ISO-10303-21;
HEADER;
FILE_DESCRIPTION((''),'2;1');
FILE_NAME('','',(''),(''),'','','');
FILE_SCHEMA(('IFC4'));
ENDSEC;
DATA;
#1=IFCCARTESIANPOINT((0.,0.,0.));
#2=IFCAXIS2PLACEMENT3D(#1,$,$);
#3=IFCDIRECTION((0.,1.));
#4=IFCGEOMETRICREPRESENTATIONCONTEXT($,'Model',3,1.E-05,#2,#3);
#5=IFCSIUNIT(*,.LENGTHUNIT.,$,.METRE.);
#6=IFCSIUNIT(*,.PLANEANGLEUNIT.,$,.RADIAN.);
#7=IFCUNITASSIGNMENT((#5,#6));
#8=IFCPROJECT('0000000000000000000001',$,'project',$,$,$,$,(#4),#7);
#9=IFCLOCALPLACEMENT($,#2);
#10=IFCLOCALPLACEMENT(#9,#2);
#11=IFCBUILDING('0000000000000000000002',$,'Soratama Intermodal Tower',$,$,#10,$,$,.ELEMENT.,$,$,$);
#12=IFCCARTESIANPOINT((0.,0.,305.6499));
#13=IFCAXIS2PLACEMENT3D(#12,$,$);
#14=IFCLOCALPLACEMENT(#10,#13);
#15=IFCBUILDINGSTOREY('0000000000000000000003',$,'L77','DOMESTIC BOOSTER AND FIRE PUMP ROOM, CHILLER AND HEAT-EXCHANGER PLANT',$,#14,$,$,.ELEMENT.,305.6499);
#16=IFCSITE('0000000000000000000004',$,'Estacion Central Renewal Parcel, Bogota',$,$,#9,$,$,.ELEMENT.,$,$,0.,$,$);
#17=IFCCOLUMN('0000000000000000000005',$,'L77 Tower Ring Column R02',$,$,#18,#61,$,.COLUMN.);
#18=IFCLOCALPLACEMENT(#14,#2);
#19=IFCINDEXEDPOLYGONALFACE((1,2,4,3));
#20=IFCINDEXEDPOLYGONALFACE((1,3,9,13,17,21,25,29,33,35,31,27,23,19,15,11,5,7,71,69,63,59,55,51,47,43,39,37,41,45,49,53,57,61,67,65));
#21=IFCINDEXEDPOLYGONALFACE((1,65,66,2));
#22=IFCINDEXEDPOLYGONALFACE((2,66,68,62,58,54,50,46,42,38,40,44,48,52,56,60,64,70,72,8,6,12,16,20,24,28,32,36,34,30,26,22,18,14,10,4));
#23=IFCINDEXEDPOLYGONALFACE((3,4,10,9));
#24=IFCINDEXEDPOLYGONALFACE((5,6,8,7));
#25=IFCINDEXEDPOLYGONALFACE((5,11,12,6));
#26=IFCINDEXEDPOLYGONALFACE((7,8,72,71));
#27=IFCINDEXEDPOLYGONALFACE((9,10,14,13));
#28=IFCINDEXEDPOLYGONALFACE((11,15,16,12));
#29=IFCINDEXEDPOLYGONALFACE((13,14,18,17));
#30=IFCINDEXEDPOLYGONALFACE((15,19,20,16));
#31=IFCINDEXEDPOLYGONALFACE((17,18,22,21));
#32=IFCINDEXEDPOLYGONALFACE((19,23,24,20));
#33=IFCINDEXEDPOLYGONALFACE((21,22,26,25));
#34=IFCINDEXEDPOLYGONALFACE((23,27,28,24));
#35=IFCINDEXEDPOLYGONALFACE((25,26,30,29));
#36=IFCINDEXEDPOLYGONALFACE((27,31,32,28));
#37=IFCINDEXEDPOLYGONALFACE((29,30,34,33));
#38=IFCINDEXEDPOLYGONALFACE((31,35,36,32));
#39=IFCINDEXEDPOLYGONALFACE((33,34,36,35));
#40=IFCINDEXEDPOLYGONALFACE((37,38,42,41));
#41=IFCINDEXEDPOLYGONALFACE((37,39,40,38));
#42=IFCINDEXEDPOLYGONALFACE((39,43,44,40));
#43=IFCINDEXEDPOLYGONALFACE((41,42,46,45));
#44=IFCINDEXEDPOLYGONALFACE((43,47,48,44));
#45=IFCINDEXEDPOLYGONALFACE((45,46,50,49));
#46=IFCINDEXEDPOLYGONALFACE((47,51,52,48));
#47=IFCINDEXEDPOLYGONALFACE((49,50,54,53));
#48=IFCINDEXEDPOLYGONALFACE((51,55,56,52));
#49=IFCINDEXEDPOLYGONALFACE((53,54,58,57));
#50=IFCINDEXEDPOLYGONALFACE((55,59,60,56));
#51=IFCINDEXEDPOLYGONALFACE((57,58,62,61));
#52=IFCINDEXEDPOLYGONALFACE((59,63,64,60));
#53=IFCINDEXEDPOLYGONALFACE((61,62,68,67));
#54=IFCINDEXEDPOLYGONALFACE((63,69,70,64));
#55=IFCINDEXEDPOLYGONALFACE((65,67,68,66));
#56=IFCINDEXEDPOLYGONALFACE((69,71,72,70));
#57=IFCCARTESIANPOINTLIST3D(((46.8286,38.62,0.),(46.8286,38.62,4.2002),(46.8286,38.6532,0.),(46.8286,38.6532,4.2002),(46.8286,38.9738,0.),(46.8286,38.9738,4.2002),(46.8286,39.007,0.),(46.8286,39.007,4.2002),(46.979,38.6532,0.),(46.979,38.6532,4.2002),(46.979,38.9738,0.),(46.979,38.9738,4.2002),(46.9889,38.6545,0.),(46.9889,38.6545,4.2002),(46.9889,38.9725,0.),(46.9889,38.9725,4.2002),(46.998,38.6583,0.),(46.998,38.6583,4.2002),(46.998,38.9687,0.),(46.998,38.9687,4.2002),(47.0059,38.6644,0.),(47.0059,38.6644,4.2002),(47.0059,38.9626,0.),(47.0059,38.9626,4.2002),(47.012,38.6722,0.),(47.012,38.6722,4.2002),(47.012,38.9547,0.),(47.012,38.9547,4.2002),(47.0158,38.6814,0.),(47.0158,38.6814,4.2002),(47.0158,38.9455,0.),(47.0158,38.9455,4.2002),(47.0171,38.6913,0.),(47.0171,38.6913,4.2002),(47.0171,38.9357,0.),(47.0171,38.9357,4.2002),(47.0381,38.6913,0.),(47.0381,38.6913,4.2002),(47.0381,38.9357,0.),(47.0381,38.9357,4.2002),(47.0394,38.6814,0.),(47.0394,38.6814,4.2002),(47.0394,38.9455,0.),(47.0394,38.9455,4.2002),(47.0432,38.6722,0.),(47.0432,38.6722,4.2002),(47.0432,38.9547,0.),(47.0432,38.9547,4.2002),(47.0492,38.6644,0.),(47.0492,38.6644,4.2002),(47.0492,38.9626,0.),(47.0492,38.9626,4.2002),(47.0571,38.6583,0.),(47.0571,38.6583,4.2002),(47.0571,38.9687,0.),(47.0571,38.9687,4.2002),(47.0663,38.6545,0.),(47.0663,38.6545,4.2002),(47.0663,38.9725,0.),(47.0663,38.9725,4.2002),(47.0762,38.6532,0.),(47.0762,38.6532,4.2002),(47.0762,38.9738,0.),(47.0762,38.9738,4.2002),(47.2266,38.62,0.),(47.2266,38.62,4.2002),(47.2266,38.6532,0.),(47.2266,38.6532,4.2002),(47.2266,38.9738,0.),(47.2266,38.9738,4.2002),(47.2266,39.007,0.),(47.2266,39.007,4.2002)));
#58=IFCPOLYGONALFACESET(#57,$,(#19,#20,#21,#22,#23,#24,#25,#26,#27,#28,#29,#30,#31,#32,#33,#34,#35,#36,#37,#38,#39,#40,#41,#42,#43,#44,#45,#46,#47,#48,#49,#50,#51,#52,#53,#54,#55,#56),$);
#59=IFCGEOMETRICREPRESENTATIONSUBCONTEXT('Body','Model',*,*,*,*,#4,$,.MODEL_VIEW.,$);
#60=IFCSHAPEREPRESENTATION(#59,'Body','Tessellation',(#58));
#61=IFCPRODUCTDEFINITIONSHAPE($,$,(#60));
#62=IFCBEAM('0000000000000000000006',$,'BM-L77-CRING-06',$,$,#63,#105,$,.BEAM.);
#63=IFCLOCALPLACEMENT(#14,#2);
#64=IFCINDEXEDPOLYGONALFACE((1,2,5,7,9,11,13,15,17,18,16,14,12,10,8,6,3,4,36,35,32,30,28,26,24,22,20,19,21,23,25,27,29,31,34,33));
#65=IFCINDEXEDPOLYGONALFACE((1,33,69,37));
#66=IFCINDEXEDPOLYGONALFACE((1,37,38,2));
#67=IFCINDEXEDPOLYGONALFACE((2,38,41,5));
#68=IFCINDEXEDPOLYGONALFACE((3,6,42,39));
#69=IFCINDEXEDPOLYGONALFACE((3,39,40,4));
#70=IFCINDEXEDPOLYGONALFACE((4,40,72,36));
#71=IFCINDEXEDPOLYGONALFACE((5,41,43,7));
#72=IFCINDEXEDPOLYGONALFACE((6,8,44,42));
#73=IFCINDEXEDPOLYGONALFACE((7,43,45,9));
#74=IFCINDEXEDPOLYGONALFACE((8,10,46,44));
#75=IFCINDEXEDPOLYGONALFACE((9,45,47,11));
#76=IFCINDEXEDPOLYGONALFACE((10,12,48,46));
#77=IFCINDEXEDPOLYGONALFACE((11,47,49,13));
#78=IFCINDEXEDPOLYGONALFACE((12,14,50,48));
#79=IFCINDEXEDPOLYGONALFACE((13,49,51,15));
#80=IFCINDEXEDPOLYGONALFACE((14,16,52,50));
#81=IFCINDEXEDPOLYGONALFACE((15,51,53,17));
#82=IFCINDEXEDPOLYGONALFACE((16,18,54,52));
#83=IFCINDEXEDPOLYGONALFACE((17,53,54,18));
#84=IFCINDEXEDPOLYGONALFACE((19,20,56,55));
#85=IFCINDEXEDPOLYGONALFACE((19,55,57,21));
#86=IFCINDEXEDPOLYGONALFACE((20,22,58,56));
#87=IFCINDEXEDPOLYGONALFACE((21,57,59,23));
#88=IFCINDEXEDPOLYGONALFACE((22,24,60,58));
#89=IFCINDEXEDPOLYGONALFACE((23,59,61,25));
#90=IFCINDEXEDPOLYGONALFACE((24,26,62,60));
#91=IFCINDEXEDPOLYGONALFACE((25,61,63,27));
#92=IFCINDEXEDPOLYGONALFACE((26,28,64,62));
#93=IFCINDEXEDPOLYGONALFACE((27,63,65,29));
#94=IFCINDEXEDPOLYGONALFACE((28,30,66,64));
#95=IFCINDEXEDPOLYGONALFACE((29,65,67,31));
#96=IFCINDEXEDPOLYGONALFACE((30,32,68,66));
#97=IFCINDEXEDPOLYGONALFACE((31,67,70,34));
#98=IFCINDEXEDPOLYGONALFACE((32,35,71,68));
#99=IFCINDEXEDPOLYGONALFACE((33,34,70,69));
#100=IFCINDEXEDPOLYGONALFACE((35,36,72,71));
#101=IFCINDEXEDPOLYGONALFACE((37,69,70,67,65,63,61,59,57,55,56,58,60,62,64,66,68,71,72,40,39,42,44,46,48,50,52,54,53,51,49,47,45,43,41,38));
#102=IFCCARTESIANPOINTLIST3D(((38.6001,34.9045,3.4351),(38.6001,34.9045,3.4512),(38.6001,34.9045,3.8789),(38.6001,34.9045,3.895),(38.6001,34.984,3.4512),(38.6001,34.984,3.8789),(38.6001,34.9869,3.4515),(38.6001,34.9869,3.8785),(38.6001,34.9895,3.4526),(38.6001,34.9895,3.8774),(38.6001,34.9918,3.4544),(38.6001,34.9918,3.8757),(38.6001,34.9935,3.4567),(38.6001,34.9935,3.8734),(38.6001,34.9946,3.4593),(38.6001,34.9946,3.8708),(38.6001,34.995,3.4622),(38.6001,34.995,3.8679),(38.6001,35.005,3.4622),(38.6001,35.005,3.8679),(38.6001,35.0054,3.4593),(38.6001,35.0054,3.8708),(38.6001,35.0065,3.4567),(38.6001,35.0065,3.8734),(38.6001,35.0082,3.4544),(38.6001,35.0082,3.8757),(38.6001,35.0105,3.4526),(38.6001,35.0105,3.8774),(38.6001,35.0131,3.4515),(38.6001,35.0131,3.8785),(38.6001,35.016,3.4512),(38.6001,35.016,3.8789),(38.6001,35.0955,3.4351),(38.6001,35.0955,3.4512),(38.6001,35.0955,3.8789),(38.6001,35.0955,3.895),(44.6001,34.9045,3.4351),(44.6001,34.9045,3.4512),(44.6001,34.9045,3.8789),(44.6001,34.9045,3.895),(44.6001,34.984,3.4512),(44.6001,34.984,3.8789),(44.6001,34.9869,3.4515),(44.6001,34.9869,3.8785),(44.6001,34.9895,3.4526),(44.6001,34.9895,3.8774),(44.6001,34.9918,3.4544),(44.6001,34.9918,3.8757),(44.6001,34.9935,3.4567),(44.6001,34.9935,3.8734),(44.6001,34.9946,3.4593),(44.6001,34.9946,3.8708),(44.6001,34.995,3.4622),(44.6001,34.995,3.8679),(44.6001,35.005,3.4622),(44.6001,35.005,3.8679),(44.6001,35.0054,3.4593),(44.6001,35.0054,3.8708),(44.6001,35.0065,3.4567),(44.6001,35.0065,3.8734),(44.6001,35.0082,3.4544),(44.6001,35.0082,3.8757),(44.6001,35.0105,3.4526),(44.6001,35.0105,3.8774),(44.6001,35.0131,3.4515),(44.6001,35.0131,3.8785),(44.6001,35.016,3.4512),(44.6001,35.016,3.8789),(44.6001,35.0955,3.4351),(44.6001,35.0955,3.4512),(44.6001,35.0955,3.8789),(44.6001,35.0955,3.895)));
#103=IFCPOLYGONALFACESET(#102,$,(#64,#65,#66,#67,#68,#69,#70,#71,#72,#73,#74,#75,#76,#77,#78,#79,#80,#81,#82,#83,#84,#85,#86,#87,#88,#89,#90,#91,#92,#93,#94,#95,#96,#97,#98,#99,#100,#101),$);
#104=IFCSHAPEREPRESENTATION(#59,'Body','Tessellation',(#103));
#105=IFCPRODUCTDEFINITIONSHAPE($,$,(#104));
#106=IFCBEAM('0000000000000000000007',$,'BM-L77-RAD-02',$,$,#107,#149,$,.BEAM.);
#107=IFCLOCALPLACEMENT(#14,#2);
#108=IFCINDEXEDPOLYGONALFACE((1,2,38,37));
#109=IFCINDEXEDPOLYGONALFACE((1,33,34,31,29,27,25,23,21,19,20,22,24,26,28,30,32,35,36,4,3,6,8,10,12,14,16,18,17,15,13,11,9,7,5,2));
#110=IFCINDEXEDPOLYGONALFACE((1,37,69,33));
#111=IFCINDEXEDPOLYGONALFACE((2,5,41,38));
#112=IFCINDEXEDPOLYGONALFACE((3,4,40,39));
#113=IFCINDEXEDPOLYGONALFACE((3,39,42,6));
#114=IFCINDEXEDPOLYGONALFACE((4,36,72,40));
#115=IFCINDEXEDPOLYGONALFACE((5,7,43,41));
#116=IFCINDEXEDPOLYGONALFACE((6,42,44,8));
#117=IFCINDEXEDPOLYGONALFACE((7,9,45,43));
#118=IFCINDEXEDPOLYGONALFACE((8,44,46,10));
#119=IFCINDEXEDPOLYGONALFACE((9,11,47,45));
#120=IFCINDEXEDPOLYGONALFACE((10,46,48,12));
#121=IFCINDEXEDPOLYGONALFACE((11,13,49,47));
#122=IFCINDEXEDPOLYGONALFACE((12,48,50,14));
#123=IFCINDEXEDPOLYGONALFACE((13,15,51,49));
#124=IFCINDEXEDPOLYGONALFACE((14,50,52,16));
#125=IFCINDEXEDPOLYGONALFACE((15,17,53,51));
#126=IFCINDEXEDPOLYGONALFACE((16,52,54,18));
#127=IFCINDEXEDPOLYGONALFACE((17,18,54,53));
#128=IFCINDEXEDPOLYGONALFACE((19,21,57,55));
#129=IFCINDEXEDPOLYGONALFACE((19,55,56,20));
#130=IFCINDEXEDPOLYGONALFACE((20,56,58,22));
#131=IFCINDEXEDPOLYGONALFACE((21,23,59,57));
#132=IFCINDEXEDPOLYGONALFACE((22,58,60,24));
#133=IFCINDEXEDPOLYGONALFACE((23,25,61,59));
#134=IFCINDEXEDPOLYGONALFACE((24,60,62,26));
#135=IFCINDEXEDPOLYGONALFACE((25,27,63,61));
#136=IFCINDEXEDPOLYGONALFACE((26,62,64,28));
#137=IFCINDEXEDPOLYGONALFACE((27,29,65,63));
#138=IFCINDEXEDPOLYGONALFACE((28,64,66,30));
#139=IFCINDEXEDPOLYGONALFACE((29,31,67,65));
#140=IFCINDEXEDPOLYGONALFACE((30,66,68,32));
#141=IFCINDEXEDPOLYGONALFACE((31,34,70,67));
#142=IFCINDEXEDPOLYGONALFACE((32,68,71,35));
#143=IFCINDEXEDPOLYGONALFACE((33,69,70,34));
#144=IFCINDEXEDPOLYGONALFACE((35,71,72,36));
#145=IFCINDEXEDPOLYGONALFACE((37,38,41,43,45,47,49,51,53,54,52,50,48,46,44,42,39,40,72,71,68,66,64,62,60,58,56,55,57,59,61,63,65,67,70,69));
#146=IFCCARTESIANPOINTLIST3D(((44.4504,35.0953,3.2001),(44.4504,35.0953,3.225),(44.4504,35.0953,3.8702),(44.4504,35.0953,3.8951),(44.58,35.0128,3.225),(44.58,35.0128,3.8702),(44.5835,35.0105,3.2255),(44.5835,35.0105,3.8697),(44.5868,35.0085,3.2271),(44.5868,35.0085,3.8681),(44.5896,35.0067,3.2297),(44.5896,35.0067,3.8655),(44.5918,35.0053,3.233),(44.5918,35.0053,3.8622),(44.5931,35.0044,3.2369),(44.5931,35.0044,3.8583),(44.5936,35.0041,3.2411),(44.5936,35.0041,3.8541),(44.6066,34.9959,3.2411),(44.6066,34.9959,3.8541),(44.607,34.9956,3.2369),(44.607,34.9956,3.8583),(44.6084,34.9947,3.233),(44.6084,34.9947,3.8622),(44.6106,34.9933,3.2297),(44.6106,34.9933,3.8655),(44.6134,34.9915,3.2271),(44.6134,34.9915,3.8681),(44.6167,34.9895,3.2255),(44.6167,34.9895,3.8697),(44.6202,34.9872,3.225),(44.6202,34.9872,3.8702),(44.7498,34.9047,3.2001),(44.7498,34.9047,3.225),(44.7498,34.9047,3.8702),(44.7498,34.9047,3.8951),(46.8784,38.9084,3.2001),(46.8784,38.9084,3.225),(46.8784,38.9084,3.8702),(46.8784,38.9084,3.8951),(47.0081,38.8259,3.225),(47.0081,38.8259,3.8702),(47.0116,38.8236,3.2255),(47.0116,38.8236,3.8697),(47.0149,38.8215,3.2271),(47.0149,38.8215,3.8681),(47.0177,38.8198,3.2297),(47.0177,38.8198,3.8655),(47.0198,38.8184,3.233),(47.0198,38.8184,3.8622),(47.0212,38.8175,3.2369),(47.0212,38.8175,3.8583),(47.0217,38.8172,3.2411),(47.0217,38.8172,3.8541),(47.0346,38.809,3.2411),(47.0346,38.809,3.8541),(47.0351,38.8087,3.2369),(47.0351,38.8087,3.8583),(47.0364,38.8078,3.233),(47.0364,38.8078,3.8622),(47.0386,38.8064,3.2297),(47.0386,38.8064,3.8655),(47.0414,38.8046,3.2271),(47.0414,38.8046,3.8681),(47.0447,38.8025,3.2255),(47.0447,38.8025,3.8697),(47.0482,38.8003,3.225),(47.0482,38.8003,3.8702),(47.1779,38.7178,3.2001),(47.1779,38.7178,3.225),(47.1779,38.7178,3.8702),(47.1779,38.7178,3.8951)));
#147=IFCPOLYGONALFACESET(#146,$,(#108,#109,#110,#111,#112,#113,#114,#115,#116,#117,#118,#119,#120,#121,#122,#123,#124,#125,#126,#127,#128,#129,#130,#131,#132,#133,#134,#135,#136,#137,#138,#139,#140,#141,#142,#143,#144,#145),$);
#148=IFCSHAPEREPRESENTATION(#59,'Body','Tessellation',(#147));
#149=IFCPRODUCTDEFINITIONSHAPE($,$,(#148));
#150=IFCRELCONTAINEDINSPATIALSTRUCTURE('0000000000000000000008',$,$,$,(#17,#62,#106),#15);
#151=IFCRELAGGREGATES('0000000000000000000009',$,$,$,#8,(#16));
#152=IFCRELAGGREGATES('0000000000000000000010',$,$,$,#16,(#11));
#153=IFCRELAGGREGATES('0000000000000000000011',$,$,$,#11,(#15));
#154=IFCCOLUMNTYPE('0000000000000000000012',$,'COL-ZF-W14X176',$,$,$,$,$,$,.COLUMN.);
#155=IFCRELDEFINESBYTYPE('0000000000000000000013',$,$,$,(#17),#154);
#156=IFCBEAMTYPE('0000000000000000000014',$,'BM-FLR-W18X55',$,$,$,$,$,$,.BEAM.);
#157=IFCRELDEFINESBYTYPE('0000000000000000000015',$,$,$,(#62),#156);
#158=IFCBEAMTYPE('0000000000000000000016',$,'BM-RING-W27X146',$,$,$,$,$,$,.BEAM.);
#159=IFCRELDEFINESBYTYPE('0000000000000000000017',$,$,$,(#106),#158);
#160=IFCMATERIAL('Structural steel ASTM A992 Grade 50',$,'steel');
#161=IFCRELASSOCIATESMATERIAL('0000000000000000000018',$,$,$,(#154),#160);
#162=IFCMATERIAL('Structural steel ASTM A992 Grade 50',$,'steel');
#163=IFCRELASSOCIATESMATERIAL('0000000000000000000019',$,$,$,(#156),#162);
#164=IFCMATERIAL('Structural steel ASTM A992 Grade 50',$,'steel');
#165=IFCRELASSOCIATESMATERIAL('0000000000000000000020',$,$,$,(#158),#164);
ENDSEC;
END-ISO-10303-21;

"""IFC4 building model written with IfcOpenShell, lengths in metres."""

from ifc_helpers import new_model, si_unit, direction, frame, origin, origin_2d, place, context, subcontext, project, spatial, i_section, extrude, material, material_profile, profile_set, type_object, element, save


model = new_model("IFC4")

# Units and contexts
model_context = context("Model", 3, precision=1e-05, world=origin(), true_north=direction((0.0, 1.0)))
body_context = subcontext(model_context, "Body", "Model", "MODEL_VIEW")
ifc_project = project(units=[si_unit("LENGTHUNIT", "METRE"), si_unit("PLANEANGLEUNIT", "RADIAN")], contexts=[model_context])

# Site, building, storey
site_placement = place(None, origin())
site = spatial("IfcSite", under=ifc_project, at=site_placement, Name="Estacion Central Renewal Parcel, Bogota", CompositionType="ELEMENT", RefElevation=0.0)
building_placement = place(site_placement, origin())
building = spatial("IfcBuilding", under=site, at=building_placement, Name="Soratama Intermodal Tower", CompositionType="ELEMENT")
storey_placement = place(building_placement, frame((0.0, 0.0, 305.6499)))
storey = spatial("IfcBuildingStorey", under=building, at=storey_placement, Name="L77", Description="DOMESTIC BOOSTER AND FIRE PUMP ROOM, CHILLER AND HEAT-EXCHANGER PLANT", CompositionType="ELEMENT", Elevation=305.6499)

# Column
ifc_material_1 = material(Name="Structural steel ASTM A992 Grade 50", Category="steel")
ifc_material_profile_1 = material_profile(ifc_material_1, i_section(OverallWidth=0.3979, OverallDepth=0.387, WebThickness=0.021, FlangeThickness=0.0332, FilletRadius=0.0381, at=origin_2d()), Name="W14X176")
ifc_profile_set_1 = profile_set([ifc_material_profile_1], Name="Structural steel ASTM A992 Grade 50")
column_type = type_object("IfcColumnType", Name="COL-ZF-W14X176", PredefinedType="COLUMN", material=ifc_profile_set_1)
column_placement = place(storey_placement, frame((47.0276, 38.8135, 0.0), z_axis=(0.0, 0.0, 1.0), x_axis=(1.0, 0.0, 0.0)))
element("IfcColumn", 1, at=column_placement, inside=storey, type_object=column_type, Name="L77 Tower Ring Column R02", PredefinedType="COLUMN", context=body_context, shape_type="SweptSolid", body=[
    extrude(i_section(OverallWidth=0.3979, OverallDepth=0.387, WebThickness=0.021, FlangeThickness=0.0332, FilletRadius=0.0381, at=origin_2d()), origin(), (0.0, 0.0, 1.0), 4.2002),
])

# Beams
ifc_material_2 = material(Name="Structural steel ASTM A992 Grade 50", Category="steel")
ifc_material_profile_2 = material_profile(ifc_material_2, i_section(OverallWidth=0.1909, OverallDepth=0.46, WebThickness=0.01, FlangeThickness=0.0161, FilletRadius=0.011, at=origin_2d()), Name="W18X55")
ifc_profile_set_2 = profile_set([ifc_material_profile_2], Name="Structural steel ASTM A992 Grade 50")
beam_type_1 = type_object("IfcBeamType", Name="BM-FLR-W18X55", PredefinedType="BEAM", material=ifc_profile_set_2)
beam_1_placement = place(storey_placement, frame((44.6001, 35.0, 3.665), z_axis=(-1.0, 0.0, 0.0), x_axis=(0.0, -1.0, 0.0)))
element("IfcBeam", 2, at=beam_1_placement, inside=storey, type_object=beam_type_1, Name="BM-L77-CRING-06", PredefinedType="BEAM", context=body_context, shape_type="SweptSolid", body=[
    extrude(i_section(OverallWidth=0.1909, OverallDepth=0.46, WebThickness=0.01, FlangeThickness=0.0161, FilletRadius=0.011, at=origin_2d()), origin(), (0.0, 0.0, 1.0), 6.0),
])
ifc_material_3 = material(Name="Structural steel ASTM A992 Grade 50", Category="steel")
ifc_material_profile_3 = material_profile(ifc_material_3, i_section(OverallWidth=0.355, OverallDepth=0.6951, WebThickness=0.0154, FlangeThickness=0.0249, FilletRadius=0.0161, at=origin_2d()), Name="W27X146")
ifc_profile_set_3 = profile_set([ifc_material_profile_3], Name="Structural steel ASTM A992 Grade 50")
beam_type_2 = type_object("IfcBeamType", Name="BM-RING-W27X146", PredefinedType="BEAM", material=ifc_profile_set_3)
beam_2_placement = place(storey_placement, frame((44.6001, 35.0, 3.5476), z_axis=(0.537117, 0.843508, 0.0), x_axis=(-0.843508, 0.537117, 0.0)))
element("IfcBeam", 3, at=beam_2_placement, inside=storey, type_object=beam_type_2, Name="BM-L77-RAD-02", PredefinedType="BEAM", context=body_context, shape_type="SweptSolid", body=[
    extrude(i_section(OverallWidth=0.355, OverallDepth=0.6951, WebThickness=0.0154, FlangeThickness=0.0249, FilletRadius=0.0161, at=origin_2d()), origin(), (0.0, 0.0, 1.0), 4.5205),
])

save(model, "model.ifc")
